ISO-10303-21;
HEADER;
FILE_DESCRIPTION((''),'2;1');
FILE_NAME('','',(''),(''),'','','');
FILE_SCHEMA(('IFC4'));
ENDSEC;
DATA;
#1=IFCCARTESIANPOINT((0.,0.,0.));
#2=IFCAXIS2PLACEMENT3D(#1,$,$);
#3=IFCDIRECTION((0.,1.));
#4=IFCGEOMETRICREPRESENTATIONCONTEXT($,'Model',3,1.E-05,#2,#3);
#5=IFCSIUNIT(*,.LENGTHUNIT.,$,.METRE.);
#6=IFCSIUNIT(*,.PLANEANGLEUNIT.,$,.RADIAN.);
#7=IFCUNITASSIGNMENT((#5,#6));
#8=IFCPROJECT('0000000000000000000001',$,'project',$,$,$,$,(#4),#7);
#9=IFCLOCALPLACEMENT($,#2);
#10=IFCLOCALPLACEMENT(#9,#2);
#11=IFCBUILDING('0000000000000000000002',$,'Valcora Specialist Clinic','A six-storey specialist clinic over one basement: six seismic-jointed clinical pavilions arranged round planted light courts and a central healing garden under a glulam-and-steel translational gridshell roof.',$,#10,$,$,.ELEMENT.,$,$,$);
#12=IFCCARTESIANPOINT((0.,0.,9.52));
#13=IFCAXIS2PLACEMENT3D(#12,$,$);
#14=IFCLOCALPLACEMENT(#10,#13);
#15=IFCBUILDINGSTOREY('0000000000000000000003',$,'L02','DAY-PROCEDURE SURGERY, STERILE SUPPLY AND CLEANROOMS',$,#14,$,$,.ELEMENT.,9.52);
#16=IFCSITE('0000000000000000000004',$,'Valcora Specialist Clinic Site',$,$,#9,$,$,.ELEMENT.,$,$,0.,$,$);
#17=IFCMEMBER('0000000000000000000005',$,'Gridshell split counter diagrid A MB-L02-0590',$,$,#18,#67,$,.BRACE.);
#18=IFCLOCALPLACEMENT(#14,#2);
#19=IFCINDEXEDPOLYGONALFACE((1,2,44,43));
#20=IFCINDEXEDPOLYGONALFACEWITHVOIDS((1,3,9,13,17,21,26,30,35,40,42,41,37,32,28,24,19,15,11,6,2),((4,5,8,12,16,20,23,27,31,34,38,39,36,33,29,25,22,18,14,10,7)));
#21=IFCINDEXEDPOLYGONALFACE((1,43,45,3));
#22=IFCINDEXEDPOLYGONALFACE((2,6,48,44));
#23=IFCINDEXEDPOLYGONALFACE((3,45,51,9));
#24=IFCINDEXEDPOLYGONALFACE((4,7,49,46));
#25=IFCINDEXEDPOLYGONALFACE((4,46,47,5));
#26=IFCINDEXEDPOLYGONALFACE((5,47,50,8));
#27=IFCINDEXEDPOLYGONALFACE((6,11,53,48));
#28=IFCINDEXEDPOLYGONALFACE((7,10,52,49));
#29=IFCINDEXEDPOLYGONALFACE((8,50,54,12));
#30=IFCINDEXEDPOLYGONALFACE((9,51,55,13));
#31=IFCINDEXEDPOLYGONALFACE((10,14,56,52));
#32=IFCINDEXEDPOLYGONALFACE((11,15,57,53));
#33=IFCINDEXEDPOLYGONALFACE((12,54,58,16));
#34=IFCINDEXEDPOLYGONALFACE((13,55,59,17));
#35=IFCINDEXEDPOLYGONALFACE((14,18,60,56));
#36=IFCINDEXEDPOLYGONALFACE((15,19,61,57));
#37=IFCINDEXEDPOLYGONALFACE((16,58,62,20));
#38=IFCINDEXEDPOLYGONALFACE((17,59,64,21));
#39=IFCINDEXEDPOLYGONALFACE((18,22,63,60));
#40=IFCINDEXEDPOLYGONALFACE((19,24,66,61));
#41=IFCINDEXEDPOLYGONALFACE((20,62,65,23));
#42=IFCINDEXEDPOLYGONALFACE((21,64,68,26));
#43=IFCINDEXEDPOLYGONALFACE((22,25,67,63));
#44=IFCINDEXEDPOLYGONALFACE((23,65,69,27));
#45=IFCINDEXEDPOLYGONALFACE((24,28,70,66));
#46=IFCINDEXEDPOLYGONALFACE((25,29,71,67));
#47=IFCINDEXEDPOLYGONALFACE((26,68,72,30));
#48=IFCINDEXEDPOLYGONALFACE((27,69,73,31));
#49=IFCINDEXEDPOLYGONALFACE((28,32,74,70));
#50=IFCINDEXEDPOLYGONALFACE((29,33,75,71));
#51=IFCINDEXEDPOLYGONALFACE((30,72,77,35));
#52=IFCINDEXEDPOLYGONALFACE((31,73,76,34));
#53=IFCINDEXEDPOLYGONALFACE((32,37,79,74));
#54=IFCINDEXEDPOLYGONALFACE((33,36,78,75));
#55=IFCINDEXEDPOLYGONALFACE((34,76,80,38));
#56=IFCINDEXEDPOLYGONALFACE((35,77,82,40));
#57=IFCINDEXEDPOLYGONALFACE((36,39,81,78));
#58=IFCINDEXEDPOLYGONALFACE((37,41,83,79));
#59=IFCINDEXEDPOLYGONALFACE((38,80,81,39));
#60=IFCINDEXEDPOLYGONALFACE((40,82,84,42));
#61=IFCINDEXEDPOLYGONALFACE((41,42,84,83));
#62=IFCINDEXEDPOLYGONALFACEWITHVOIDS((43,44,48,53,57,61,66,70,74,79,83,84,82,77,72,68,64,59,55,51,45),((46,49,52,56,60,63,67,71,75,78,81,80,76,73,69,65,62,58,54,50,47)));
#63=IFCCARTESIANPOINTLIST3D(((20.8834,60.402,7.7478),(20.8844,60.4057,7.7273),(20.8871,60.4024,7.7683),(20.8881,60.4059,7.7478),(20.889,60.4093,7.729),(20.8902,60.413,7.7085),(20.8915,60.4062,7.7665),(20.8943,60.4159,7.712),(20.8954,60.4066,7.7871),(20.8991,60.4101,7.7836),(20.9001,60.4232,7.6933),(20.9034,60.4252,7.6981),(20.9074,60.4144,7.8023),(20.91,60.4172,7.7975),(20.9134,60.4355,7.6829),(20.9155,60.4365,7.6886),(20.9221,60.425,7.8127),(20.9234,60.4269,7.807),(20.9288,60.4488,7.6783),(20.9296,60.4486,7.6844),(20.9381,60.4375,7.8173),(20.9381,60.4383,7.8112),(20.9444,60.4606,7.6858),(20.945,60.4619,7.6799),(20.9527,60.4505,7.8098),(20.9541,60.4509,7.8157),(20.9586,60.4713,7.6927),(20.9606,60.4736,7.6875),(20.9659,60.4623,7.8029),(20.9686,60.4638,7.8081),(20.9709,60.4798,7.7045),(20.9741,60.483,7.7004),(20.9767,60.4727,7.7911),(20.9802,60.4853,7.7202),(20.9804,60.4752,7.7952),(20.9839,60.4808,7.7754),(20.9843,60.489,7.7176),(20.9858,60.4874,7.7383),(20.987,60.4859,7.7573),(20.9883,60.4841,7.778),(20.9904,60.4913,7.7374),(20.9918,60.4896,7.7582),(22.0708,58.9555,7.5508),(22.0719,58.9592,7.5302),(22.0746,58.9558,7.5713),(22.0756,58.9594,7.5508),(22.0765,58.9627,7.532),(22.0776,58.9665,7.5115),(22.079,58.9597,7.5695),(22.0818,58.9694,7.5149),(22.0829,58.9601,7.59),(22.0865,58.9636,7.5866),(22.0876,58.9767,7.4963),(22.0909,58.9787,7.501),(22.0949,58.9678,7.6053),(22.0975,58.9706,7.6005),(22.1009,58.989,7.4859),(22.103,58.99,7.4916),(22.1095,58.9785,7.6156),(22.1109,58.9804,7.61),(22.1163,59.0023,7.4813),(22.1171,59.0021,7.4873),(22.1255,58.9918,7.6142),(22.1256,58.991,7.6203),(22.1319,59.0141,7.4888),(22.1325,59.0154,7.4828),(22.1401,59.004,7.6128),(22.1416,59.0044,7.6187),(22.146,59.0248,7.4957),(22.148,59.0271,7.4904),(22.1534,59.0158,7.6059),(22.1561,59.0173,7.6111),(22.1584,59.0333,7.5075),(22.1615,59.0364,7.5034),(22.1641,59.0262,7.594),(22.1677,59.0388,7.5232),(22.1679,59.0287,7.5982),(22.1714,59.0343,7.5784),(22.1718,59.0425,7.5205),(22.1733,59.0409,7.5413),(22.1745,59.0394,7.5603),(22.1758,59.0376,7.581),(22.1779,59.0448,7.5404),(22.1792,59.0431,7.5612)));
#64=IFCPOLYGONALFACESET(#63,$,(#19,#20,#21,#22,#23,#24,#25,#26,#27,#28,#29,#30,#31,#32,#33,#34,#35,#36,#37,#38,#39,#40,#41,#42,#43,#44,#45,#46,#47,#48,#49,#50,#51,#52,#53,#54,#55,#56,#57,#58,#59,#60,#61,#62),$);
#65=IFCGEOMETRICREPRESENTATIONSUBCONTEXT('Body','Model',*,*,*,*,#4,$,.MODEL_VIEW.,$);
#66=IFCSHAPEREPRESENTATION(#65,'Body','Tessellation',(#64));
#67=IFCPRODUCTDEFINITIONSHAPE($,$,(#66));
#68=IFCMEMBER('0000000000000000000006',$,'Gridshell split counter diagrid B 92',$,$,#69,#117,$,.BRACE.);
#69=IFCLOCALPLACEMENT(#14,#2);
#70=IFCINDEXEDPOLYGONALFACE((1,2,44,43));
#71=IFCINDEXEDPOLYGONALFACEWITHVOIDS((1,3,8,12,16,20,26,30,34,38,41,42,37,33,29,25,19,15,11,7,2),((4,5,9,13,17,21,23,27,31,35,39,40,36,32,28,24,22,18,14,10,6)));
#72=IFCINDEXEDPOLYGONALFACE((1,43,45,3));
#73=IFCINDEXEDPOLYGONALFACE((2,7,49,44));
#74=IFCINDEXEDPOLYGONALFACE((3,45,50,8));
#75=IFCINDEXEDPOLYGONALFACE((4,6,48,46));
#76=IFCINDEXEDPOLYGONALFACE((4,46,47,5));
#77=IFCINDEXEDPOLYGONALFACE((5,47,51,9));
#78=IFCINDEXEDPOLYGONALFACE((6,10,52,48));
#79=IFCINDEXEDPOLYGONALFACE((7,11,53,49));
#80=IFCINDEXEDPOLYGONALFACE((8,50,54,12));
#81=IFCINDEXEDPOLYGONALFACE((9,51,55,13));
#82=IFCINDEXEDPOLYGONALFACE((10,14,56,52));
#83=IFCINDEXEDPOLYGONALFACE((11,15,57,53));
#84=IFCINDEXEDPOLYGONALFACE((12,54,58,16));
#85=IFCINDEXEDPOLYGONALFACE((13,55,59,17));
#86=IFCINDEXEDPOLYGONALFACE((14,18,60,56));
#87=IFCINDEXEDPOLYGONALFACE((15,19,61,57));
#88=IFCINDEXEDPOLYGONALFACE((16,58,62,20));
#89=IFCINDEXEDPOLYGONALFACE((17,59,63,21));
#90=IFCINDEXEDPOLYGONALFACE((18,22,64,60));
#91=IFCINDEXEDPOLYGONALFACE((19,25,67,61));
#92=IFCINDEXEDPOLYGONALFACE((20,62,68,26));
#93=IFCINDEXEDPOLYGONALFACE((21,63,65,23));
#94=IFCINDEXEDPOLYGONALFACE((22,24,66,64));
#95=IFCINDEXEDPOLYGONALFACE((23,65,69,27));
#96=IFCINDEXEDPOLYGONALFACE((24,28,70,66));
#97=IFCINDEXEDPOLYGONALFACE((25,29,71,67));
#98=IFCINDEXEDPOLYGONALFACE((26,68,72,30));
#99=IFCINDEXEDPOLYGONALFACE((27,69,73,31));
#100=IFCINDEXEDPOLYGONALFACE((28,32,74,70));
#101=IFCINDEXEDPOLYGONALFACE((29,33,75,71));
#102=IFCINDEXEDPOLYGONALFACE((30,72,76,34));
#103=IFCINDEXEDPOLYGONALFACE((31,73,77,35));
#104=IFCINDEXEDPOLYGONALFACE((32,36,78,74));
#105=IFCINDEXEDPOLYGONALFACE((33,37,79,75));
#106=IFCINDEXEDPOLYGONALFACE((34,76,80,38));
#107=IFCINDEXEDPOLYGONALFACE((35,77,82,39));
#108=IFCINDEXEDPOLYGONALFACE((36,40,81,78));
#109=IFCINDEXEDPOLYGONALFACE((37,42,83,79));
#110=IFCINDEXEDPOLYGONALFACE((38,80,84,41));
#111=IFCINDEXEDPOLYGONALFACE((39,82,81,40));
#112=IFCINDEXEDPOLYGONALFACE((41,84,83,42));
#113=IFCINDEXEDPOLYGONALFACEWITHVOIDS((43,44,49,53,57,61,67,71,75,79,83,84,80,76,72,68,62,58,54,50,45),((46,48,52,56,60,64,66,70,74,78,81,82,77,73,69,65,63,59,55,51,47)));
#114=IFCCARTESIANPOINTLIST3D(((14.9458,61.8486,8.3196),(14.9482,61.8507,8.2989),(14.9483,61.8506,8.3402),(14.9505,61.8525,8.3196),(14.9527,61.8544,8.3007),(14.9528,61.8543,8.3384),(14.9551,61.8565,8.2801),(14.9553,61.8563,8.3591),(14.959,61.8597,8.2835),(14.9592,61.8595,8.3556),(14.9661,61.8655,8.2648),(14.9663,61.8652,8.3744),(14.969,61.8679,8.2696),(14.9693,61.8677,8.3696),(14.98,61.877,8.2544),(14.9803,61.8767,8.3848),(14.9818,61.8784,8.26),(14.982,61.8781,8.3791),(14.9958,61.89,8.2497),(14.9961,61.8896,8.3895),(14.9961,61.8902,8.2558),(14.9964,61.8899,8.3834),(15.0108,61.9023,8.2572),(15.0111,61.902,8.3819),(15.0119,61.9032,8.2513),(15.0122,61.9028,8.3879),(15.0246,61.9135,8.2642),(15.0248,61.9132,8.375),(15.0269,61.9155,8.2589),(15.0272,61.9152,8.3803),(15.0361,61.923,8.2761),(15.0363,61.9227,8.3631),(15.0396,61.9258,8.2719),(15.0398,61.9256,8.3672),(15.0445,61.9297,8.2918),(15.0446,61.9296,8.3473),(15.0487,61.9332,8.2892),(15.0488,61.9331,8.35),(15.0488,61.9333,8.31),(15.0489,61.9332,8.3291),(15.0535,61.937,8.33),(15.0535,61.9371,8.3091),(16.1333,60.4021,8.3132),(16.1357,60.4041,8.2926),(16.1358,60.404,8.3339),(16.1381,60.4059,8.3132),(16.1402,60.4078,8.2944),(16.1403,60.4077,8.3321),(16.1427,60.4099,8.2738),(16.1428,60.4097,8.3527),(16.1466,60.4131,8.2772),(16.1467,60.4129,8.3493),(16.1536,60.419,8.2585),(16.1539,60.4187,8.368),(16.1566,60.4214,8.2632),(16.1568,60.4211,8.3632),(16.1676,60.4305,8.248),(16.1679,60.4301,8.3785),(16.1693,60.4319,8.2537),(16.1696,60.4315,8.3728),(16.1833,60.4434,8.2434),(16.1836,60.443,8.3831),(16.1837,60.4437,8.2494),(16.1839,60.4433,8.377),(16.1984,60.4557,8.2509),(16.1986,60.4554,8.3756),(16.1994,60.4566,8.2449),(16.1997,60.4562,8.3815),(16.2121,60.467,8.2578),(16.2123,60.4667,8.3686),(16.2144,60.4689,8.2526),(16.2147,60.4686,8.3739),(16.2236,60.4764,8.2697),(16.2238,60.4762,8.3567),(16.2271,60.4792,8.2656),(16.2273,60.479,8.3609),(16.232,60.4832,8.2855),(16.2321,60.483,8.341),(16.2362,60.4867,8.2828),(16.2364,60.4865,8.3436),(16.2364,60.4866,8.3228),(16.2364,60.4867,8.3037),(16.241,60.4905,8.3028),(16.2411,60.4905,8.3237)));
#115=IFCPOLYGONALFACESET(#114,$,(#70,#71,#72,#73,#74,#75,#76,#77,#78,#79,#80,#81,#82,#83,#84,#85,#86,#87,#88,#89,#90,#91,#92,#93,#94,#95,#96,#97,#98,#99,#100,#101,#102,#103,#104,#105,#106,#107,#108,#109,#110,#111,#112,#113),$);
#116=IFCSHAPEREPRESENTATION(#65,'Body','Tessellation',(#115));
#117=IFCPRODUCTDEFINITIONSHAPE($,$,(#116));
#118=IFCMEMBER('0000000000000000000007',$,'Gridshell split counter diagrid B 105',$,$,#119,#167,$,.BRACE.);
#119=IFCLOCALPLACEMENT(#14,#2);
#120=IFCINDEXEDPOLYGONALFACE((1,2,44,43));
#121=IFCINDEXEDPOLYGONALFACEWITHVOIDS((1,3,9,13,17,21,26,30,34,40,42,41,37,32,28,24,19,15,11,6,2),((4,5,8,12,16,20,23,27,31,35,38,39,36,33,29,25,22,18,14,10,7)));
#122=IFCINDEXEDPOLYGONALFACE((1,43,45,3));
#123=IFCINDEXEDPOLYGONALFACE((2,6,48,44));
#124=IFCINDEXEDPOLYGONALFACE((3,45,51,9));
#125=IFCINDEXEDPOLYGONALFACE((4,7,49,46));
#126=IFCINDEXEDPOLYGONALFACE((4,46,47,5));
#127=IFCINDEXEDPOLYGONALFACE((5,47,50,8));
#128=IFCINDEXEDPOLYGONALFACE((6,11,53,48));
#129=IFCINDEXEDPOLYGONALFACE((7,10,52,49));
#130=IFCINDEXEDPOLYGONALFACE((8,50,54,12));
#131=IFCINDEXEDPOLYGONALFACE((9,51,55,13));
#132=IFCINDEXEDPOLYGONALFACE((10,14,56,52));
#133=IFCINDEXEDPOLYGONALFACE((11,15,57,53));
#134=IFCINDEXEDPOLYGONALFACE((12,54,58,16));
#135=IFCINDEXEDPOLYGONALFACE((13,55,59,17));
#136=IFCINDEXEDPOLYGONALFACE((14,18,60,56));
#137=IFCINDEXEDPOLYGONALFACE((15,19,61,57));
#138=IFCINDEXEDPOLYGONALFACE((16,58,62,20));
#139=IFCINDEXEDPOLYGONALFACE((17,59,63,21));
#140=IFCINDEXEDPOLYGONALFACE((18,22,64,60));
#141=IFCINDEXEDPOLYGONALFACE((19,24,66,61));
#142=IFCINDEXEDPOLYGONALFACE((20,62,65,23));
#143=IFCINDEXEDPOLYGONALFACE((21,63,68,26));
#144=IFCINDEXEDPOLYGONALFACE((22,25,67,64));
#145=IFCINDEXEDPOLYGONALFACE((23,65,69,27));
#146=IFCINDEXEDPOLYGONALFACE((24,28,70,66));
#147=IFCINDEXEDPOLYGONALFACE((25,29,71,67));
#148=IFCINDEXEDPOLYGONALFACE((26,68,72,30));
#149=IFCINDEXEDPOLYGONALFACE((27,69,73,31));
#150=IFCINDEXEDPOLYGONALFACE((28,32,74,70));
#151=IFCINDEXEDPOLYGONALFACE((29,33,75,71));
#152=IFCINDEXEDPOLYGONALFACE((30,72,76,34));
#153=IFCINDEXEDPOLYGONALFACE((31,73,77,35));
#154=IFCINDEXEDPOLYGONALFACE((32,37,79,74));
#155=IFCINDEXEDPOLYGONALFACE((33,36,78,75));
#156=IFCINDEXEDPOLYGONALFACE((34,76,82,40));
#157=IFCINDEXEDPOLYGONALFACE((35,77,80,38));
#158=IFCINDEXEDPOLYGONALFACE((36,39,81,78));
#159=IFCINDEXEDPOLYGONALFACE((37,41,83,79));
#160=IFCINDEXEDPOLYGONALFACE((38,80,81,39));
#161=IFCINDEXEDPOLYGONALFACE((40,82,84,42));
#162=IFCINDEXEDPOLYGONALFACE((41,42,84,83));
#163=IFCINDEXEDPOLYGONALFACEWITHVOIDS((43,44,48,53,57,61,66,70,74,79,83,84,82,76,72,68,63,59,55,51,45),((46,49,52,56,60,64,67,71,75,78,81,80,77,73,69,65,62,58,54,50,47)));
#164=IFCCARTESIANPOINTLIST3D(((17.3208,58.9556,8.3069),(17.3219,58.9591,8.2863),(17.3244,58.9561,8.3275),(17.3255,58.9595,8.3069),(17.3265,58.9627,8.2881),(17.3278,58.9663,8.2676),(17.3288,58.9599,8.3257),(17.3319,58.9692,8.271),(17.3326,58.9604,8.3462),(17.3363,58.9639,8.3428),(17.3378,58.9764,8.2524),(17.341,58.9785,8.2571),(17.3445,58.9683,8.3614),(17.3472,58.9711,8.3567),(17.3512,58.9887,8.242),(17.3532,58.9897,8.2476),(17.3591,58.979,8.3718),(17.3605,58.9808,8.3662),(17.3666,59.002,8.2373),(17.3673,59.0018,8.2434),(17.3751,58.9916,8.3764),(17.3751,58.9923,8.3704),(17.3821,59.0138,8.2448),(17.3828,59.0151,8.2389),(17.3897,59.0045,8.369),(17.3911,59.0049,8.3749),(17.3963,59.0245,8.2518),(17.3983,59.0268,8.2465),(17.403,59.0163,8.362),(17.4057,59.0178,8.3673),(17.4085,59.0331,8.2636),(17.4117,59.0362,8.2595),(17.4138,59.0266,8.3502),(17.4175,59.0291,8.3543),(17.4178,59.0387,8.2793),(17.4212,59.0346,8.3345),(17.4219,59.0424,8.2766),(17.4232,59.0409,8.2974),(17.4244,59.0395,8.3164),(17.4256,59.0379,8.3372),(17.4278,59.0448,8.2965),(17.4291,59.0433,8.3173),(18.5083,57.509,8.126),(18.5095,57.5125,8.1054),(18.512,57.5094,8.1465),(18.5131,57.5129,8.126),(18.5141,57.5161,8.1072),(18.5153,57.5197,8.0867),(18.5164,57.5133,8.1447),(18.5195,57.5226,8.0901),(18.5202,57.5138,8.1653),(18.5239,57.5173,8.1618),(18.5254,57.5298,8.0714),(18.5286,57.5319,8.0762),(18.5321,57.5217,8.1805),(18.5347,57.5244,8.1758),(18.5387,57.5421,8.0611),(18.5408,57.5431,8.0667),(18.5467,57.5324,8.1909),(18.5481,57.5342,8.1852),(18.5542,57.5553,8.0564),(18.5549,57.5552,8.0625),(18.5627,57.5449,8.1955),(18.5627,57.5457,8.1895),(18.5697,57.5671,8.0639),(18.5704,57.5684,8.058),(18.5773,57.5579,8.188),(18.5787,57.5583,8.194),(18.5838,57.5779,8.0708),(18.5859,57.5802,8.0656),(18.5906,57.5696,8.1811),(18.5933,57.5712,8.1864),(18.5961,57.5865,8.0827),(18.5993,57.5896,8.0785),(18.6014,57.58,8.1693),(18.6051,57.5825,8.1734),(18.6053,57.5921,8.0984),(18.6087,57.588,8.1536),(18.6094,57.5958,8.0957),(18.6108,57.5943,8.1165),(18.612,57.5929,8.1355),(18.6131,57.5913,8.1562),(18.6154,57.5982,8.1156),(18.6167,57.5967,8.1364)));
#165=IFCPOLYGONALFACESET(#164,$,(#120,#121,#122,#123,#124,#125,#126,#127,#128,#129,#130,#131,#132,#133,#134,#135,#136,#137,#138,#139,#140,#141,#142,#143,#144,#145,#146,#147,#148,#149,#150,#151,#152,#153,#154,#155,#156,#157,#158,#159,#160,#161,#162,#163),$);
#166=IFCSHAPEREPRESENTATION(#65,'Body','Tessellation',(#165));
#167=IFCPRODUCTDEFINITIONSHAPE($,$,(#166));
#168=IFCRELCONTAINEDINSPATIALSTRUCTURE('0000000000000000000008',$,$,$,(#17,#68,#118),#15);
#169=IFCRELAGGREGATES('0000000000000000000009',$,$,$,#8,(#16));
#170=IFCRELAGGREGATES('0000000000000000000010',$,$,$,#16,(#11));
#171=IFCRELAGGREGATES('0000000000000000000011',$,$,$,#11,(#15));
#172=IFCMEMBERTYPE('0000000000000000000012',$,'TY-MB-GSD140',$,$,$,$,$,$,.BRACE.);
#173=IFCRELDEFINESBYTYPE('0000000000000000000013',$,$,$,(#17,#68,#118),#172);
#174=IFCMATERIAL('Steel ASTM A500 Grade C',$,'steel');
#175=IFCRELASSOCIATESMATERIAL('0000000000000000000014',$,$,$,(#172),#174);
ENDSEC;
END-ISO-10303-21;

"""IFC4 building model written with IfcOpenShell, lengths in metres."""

from ifc_helpers import new_model, si_unit, direction, frame, origin, origin_2d, place, context, subcontext, project, spatial, hollow_circle, extrude, material, material_profile, profile_set, type_object, element, save


model = new_model("IFC4")

# Units and contexts
model_context = context("Model", 3, precision=1e-05, world=origin(), true_north=direction((0.0, 1.0)))
body_context = subcontext(model_context, "Body", "Model", "MODEL_VIEW")
ifc_project = project(units=[si_unit("LENGTHUNIT", "METRE"), si_unit("PLANEANGLEUNIT", "RADIAN")], contexts=[model_context])

# Site, building, storey
site_placement = place(None, origin())
site = spatial("IfcSite", under=ifc_project, at=site_placement, Name="Valcora Specialist Clinic Site", CompositionType="ELEMENT", RefElevation=0.0)
building_placement = place(site_placement, origin())
building = spatial("IfcBuilding", under=site, at=building_placement, Name="Valcora Specialist Clinic", Description="A six-storey specialist clinic over one basement: six seismic-jointed clinical pavilions arranged round planted light courts and a central healing garden under a glulam-and-steel translational gridshell roof.", CompositionType="ELEMENT")
storey_placement = place(building_placement, frame((0.0, 0.0, 9.52)))
storey = spatial("IfcBuildingStorey", under=building, at=storey_placement, Name="L02", Description="DAY-PROCEDURE SURGERY, STERILE SUPPLY AND CLEANROOMS", CompositionType="ELEMENT", Elevation=9.52)

# Members
ifc_material_1 = material(Name="Steel ASTM A500 Grade C", Category="steel")
ifc_material_profile_1 = material_profile(ifc_material_1, hollow_circle(Radius=0.0701, WallThickness=0.0061, at=origin_2d()), Name="ST-CHS-140X6")
ifc_profile_set_1 = profile_set([ifc_material_profile_1], Name="Steel ASTM A500 Grade C")
member_type_1 = type_object("IfcMemberType", Name="TY-MB-GSD140", PredefinedType="BRACE", material=ifc_profile_set_1)
member_1_placement = place(storey_placement, frame((22.125, 59.0, 7.5508), z_axis=(-0.631022, 0.768668, 0.104695), x_axis=(-0.772916, -0.634508, 0.0)))
element("IfcMember", 1, at=member_1_placement, inside=storey, type_object=member_type_1, Name="Gridshell split counter diagrid A MB-L02-0590", PredefinedType="BRACE", context=body_context, shape_type="SweptSolid", body=[
    extrude(hollow_circle(Radius=0.0701, WallThickness=0.0061, at=origin_2d()), origin(), (0.0, 0.0, 1.0), 1.8818),
])
member_2_placement = place(storey_placement, frame((16.1875, 60.4465, 8.3132), z_axis=(-0.634505, 0.772911, 0.003392), x_axis=(-0.772916, -0.634508, 0.0)))
element("IfcMember", 2, at=member_2_placement, inside=storey, type_object=member_type_1, Name="Gridshell split counter diagrid B 92", PredefinedType="BRACE", context=body_context, shape_type="SweptSolid", body=[
    extrude(hollow_circle(Radius=0.0701, WallThickness=0.0061, at=origin_2d()), origin(), (0.0, 0.0, 1.0), 1.8716),
])
member_3_placement = place(storey_placement, frame((18.5625, 57.5535, 8.126), z_axis=(-0.631565, 0.76933, 0.096215), x_axis=(-0.772916, -0.634508, 0.0)))
element("IfcMember", 3, at=member_3_placement, inside=storey, type_object=member_type_1, Name="Gridshell split counter diagrid B 105", PredefinedType="BRACE", context=body_context, shape_type="SweptSolid", body=[
    extrude(hollow_circle(Radius=0.0701, WallThickness=0.0061, at=origin_2d()), origin(), (0.0, 0.0, 1.0), 1.8804),
])

save(model, "model.ifc")
